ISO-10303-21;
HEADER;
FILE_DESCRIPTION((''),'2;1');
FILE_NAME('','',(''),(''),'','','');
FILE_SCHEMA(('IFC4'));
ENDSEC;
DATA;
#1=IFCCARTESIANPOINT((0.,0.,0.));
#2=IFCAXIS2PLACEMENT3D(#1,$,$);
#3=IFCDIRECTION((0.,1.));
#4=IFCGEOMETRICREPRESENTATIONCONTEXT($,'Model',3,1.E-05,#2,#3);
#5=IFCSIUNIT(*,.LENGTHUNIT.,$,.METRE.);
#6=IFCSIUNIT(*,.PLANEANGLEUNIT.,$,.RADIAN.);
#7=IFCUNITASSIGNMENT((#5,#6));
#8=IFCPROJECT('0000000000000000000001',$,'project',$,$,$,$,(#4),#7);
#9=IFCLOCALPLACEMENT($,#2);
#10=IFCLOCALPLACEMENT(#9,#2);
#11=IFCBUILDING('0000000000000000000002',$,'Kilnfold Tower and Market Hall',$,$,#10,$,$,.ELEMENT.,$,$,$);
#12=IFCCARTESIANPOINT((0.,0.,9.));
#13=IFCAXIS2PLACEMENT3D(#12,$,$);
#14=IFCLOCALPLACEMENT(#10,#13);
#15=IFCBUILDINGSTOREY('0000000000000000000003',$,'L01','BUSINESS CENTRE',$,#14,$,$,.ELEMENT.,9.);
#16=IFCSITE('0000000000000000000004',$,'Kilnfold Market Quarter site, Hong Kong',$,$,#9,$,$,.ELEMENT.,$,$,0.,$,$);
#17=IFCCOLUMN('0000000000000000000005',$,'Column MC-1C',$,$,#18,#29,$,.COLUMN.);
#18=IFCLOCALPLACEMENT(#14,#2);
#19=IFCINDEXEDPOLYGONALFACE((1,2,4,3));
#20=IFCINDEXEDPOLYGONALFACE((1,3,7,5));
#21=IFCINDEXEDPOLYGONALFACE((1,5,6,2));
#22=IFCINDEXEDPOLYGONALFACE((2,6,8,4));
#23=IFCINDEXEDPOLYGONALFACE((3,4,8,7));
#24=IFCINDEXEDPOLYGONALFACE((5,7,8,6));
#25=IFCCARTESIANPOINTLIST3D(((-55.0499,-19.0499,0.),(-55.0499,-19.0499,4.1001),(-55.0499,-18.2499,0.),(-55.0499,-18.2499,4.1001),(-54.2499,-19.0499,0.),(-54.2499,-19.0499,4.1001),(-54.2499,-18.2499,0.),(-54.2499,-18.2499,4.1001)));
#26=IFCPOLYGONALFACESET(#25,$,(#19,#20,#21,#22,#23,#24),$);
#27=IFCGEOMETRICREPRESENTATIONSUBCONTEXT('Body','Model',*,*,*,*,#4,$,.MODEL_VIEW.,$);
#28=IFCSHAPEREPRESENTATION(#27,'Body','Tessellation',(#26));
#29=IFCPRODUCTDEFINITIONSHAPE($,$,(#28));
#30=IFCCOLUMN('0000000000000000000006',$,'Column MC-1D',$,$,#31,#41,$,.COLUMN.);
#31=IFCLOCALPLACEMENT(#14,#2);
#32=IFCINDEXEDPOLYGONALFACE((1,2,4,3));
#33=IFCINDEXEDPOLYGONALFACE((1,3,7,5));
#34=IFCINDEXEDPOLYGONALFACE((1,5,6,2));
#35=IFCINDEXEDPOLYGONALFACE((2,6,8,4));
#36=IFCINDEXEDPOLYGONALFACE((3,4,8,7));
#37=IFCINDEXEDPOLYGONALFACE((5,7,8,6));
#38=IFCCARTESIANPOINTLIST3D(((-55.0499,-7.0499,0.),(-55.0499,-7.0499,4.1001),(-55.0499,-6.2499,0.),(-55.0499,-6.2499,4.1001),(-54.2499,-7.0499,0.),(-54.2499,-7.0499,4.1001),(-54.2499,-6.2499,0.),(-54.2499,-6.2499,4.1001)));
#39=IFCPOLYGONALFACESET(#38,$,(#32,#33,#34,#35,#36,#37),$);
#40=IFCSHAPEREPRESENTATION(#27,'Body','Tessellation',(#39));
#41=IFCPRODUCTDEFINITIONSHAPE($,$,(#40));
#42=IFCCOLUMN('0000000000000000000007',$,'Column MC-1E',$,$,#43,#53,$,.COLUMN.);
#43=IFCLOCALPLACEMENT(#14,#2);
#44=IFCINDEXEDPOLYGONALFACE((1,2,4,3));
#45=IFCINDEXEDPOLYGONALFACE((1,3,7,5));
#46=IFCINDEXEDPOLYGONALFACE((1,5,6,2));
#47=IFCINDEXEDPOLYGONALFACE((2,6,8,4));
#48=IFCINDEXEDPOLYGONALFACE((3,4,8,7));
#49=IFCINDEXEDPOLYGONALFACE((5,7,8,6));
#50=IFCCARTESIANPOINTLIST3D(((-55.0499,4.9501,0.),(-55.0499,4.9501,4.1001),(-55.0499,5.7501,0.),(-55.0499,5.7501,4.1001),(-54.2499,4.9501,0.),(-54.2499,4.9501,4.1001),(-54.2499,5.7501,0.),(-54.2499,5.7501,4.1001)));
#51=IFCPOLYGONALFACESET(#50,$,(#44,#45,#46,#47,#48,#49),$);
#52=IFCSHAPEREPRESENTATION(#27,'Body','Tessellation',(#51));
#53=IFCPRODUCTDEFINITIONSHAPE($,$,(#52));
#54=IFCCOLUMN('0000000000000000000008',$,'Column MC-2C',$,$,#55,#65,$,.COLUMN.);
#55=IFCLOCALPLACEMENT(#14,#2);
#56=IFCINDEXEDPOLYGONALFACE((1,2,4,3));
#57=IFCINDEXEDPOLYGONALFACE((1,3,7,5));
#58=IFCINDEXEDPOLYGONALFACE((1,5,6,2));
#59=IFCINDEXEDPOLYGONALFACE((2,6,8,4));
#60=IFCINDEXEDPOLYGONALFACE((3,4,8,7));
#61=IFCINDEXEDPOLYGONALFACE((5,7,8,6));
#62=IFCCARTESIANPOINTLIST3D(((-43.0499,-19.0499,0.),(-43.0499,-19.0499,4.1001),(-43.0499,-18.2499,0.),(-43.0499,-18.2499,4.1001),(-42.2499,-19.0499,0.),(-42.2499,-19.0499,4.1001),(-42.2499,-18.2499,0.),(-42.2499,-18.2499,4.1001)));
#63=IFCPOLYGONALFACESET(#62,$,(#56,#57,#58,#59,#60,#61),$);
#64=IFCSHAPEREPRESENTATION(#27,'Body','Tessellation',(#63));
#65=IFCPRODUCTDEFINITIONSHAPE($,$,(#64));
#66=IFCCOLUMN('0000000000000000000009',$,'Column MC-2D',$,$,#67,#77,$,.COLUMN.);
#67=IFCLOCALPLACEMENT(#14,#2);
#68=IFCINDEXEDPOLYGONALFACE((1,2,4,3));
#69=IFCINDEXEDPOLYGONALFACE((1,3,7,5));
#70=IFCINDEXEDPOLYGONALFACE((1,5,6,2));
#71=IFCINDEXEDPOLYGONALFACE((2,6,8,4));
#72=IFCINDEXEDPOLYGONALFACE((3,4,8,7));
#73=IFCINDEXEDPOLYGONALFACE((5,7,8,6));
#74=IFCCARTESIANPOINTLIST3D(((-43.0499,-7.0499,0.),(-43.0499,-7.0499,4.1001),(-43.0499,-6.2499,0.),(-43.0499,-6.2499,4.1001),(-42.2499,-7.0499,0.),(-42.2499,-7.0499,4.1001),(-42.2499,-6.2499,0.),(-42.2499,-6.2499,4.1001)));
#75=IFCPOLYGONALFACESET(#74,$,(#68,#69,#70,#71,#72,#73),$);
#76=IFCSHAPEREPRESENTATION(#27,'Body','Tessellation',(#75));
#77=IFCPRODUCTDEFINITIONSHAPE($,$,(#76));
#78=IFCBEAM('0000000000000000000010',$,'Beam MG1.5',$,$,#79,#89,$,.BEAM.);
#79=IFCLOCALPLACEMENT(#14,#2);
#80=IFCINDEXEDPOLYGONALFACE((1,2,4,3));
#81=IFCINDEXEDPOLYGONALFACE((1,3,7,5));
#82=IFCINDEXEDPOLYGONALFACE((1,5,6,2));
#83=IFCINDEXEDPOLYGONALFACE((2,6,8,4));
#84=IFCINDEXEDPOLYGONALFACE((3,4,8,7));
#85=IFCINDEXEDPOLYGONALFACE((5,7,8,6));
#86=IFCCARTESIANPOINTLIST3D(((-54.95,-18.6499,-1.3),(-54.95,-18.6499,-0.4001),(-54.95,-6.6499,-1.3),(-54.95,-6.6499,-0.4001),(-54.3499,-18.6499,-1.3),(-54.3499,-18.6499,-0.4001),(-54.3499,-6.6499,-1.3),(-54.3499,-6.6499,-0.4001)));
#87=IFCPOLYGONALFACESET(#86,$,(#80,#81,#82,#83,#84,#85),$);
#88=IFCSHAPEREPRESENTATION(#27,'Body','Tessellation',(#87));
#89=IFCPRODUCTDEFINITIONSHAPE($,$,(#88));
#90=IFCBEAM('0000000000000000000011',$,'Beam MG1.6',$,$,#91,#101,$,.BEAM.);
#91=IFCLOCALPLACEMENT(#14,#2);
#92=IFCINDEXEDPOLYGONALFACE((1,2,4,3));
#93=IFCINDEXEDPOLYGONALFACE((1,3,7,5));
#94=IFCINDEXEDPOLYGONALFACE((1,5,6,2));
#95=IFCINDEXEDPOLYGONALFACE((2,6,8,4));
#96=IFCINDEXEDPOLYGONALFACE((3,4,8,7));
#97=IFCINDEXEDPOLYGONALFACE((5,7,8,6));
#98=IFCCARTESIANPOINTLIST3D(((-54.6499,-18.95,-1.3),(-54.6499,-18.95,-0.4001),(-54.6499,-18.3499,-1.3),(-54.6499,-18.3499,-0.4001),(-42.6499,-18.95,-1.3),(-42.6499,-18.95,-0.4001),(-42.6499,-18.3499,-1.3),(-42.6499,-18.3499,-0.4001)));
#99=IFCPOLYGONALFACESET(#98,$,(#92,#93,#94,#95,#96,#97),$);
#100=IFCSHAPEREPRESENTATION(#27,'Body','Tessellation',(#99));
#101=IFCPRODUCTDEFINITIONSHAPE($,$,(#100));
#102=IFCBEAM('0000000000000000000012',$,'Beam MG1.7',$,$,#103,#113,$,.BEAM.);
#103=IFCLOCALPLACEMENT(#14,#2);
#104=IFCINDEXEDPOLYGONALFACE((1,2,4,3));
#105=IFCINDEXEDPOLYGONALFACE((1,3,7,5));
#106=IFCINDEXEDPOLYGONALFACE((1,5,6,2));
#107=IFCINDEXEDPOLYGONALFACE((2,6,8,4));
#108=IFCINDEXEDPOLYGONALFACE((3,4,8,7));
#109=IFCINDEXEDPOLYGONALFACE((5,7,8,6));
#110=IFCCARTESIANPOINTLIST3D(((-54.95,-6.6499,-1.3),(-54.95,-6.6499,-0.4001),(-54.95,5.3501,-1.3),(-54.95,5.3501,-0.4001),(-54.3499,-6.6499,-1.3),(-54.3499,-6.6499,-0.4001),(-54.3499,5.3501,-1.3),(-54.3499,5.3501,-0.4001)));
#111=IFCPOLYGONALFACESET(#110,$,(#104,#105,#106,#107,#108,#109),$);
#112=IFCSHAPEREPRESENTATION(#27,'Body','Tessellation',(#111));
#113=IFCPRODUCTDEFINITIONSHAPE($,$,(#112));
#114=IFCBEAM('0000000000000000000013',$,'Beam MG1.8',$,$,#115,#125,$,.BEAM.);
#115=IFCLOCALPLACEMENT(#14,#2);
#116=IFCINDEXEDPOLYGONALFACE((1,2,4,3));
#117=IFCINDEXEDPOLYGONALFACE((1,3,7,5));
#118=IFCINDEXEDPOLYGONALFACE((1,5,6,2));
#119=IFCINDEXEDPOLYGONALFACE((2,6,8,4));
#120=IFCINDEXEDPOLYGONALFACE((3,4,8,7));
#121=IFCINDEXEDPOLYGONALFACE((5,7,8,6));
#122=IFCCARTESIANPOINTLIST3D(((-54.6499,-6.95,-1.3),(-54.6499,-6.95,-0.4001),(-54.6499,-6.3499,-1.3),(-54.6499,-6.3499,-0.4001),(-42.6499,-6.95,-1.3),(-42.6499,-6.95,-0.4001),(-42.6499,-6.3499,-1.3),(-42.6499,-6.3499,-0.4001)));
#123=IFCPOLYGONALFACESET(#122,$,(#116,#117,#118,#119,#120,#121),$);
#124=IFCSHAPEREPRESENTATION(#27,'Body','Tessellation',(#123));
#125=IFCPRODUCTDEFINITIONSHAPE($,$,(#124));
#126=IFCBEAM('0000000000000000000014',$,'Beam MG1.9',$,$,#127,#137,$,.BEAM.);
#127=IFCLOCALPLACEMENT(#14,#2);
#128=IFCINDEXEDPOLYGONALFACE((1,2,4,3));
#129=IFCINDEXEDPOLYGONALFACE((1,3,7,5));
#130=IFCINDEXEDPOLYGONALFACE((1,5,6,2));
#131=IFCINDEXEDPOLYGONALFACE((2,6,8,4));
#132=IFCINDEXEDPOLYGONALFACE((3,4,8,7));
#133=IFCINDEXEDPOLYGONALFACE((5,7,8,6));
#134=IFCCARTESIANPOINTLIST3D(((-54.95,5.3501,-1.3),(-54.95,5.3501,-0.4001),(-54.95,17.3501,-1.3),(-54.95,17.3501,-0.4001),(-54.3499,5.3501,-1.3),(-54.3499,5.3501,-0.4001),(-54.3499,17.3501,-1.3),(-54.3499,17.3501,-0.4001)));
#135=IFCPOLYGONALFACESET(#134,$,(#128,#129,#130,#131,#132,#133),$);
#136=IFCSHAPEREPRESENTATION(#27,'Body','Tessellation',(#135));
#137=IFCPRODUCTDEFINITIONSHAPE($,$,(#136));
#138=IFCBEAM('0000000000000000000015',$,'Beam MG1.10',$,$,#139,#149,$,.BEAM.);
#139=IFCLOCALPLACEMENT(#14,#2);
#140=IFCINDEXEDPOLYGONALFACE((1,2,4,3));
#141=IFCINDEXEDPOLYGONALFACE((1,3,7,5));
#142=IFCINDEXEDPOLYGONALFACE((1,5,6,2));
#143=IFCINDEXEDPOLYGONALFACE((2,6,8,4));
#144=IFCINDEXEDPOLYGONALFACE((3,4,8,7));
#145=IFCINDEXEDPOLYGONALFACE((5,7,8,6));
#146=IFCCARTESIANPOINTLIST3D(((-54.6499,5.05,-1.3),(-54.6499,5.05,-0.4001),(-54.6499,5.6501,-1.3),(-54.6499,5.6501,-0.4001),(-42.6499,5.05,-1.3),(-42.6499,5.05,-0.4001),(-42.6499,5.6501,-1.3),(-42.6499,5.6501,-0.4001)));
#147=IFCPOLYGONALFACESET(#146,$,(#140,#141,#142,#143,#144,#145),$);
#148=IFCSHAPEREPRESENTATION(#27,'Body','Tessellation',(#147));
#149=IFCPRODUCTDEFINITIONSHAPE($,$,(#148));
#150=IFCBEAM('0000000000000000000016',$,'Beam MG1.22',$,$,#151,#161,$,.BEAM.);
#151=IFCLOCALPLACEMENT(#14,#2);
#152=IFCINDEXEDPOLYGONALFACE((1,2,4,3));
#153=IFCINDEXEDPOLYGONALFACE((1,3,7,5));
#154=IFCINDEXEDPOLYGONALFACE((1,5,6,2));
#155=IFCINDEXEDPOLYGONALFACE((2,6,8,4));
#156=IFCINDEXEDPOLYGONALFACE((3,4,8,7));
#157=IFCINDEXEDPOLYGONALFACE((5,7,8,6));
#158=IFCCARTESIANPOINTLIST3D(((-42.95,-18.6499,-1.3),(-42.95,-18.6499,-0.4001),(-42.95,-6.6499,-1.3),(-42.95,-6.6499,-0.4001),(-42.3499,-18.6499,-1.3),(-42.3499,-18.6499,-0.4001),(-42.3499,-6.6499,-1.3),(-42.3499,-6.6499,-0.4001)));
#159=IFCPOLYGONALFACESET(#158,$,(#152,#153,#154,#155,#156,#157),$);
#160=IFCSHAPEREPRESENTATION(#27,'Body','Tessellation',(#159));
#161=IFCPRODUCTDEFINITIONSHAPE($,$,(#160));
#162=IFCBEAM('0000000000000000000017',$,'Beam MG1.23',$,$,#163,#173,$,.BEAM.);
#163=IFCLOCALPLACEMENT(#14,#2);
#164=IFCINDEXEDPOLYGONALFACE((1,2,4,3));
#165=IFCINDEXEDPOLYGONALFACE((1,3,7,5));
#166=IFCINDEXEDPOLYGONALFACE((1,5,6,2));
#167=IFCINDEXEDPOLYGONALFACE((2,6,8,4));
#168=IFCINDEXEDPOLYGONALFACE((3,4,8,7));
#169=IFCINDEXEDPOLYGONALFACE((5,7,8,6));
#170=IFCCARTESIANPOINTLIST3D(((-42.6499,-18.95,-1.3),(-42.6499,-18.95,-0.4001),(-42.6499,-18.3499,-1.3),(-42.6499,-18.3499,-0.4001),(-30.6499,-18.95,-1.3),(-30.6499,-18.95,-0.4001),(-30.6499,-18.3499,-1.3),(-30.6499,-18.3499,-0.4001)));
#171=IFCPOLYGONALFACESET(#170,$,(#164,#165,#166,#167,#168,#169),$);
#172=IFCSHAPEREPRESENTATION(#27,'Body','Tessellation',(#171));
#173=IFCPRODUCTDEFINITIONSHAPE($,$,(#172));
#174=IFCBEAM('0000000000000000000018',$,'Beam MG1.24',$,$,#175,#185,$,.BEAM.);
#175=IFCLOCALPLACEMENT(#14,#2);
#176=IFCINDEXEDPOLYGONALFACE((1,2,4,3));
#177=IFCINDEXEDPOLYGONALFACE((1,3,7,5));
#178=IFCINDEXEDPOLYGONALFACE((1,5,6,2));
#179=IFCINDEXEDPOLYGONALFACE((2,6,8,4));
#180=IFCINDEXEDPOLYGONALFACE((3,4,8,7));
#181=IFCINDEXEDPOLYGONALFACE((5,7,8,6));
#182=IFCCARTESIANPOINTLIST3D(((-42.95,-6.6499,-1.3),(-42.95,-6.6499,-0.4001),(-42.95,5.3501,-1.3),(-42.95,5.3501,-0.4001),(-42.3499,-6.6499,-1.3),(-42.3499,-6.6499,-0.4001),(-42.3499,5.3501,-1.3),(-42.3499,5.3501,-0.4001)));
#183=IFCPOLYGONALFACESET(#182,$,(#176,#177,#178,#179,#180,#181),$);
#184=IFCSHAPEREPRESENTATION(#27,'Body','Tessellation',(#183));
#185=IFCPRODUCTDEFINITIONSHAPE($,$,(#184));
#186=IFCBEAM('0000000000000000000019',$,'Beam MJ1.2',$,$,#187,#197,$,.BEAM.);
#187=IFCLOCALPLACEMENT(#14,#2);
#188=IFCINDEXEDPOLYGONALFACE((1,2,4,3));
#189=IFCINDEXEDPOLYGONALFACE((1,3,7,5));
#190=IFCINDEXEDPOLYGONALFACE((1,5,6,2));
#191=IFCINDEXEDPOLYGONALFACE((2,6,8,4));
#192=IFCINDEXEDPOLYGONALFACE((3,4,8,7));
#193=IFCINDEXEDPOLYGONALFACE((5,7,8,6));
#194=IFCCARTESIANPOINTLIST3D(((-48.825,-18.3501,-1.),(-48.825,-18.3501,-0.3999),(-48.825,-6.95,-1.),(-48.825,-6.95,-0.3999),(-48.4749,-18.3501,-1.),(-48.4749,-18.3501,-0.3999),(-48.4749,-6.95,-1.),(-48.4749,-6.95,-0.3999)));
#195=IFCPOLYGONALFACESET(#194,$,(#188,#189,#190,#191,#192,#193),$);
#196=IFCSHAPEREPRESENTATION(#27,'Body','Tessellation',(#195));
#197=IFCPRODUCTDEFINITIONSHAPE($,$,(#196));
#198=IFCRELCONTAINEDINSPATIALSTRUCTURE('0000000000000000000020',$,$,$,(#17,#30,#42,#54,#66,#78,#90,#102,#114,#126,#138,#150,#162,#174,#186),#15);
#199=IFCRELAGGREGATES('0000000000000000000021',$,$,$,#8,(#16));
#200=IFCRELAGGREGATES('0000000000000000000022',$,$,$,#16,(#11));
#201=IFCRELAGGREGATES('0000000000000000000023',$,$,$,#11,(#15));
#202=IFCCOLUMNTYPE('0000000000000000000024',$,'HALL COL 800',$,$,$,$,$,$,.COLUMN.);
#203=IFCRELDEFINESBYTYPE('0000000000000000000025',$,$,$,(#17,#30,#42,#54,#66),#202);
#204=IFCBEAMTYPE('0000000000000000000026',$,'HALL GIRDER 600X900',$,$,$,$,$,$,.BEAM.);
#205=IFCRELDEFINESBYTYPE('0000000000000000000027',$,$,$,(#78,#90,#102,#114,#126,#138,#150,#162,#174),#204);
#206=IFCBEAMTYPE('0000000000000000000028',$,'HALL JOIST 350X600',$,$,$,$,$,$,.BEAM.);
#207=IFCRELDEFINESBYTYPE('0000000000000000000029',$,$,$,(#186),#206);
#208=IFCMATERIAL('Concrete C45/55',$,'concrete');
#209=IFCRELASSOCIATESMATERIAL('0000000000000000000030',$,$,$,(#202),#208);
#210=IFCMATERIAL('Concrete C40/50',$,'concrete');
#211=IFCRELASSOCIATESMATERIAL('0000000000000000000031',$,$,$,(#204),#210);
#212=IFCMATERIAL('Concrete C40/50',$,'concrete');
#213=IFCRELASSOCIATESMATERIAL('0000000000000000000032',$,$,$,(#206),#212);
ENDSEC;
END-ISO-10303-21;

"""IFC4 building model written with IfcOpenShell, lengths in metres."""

from ifc_helpers import new_model, si_unit, direction, frame, origin, origin_2d, place, context, subcontext, project, spatial, rectangle, extrude, source, transform, mapped, material, material_profile, profile_set, type_object, element, save


model = new_model("IFC4")

# Units and contexts
model_context = context("Model", 3, precision=1e-05, world=origin(), true_north=direction((0.0, 1.0)))
body_context = subcontext(model_context, "Body", "Model", "MODEL_VIEW")
ifc_project = project(units=[si_unit("LENGTHUNIT", "METRE"), si_unit("PLANEANGLEUNIT", "RADIAN")], contexts=[model_context])

# Site, building, storey
site_placement = place(None, origin())
site = spatial("IfcSite", under=ifc_project, at=site_placement, Name="Kilnfold Market Quarter site, Hong Kong", CompositionType="ELEMENT", RefElevation=0.0)
building_placement = place(site_placement, origin())
building = spatial("IfcBuilding", under=site, at=building_placement, Name="Kilnfold Tower and Market Hall", CompositionType="ELEMENT")
storey_placement = place(building_placement, frame((0.0, 0.0, 9.0)))
storey = spatial("IfcBuildingStorey", under=building, at=storey_placement, Name="L01", Description="BUSINESS CENTRE", CompositionType="ELEMENT", Elevation=9.0)

# Columns
ifc_material_1 = material(Name="Concrete C45/55", Category="concrete")
ifc_material_profile_1 = material_profile(ifc_material_1, rectangle(XDim=0.8, YDim=0.8, at=origin_2d()), Name="RC 800x800")
ifc_profile_set_1 = profile_set([ifc_material_profile_1], Name="Concrete C45/55")
column_type = type_object("IfcColumnType", Name="HALL COL 800", PredefinedType="COLUMN", material=ifc_profile_set_1)
shared_shape_1 = source(origin(), body_context, "Body", "SweptSolid", [
    extrude(rectangle(XDim=0.8, YDim=0.8, at=origin_2d()), origin(), (0.0, 0.0, 1.0), 4.1001),
])
for number, where, z_axis, x_axis, name in (
    (1, (-54.6499, -18.6499, 0.0), (0.0, 0.0, 1.0), (1.0, 0.0, 0.0), "Column MC-1C"),
    (2, (-54.6499, -6.6499, 0.0), (0.0, 0.0, 1.0), (1.0, 0.0, 0.0), "Column MC-1D"),
    (3, (-54.6499, 5.3501, 0.0), (0.0, 0.0, 1.0), (1.0, 0.0, 0.0), "Column MC-1E"),
    (4, (-42.6499, -18.6499, 0.0), (0.0, 0.0, 1.0), (1.0, 0.0, 0.0), "Column MC-2C"),
    (5, (-42.6499, -6.6499, 0.0), (0.0, 0.0, 1.0), (1.0, 0.0, 0.0), "Column MC-2D"),
):
    element("IfcColumn", number, at=place(storey_placement, frame(where, z_axis=z_axis, x_axis=x_axis)), inside=storey, type_object=column_type, Name=name, PredefinedType="COLUMN", context=body_context, shape_type="MappedRepresentation", body=[
        mapped(shared_shape_1, transform((0.0, 0.0, 0.0))),
    ])

# Beams
ifc_material_2 = material(Name="Concrete C40/50", Category="concrete")
ifc_material_profile_2 = material_profile(ifc_material_2, rectangle(XDim=0.6001, YDim=0.8999, at=origin_2d()), Name="RC 600x900")
ifc_profile_set_2 = profile_set([ifc_material_profile_2], Name="Concrete C40/50")
beam_type_1 = type_object("IfcBeamType", Name="HALL GIRDER 600X900", PredefinedType="BEAM", material=ifc_profile_set_2)
for number, where, z_axis, x_axis, name in (
    (6, (-54.6499, -18.6499, -0.8501), (0.0, 1.0, 0.0), (-1.0, 0.0, 0.0), "Beam MG1.5"),
    (7, (-54.6499, -18.6499, -0.8501), (1.0, 0.0, 0.0), (0.0, 1.0, 0.0), "Beam MG1.6"),
    (8, (-54.6499, -6.6499, -0.8501), (0.0, 1.0, 0.0), (-1.0, 0.0, 0.0), "Beam MG1.7"),
    (9, (-54.6499, -6.6499, -0.8501), (1.0, 0.0, 0.0), (0.0, 1.0, 0.0), "Beam MG1.8"),
    (10, (-54.6499, 5.3501, -0.8501), (0.0, 1.0, 0.0), (-1.0, 0.0, 0.0), "Beam MG1.9"),
    (11, (-54.6499, 5.3501, -0.8501), (1.0, 0.0, 0.0), (0.0, 1.0, 0.0), "Beam MG1.10"),
    (12, (-42.6499, -18.6499, -0.8501), (0.0, 1.0, 0.0), (-1.0, 0.0, 0.0), "Beam MG1.22"),
    (13, (-42.6499, -18.6499, -0.8501), (1.0, 0.0, 0.0), (0.0, 1.0, 0.0), "Beam MG1.23"),
    (14, (-42.6499, -6.6499, -0.8501), (0.0, 1.0, 0.0), (-1.0, 0.0, 0.0), "Beam MG1.24"),
):
    element("IfcBeam", number, at=place(storey_placement, frame(where, z_axis=z_axis, x_axis=x_axis)), inside=storey, type_object=beam_type_1, Name=name, PredefinedType="BEAM", context=body_context, shape_type="SweptSolid", body=[
        extrude(rectangle(XDim=0.6001, YDim=0.8999, at=origin_2d()), origin(), (0.0, 0.0, 1.0), 12.0),
    ])
ifc_material_3 = material(Name="Concrete C40/50", Category="concrete")
ifc_material_profile_3 = material_profile(ifc_material_3, rectangle(XDim=0.3501, YDim=0.6001, at=origin_2d()), Name="RC 350x600")
ifc_profile_set_3 = profile_set([ifc_material_profile_3], Name="Concrete C40/50")
beam_type_2 = type_object("IfcBeamType", Name="HALL JOIST 350X600", PredefinedType="BEAM", material=ifc_profile_set_3)
beam_placement = place(storey_placement, frame((-48.6499, -18.3501, -0.7), z_axis=(0.0, 1.0, 0.0), x_axis=(-1.0, 0.0, 0.0)))
element("IfcBeam", 15, at=beam_placement, inside=storey, type_object=beam_type_2, Name="Beam MJ1.2", PredefinedType="BEAM", context=body_context, shape_type="SweptSolid", body=[
    extrude(rectangle(XDim=0.3501, YDim=0.6001, at=origin_2d()), origin(), (0.0, 0.0, 1.0), 11.4001),
])

save(model, "model.ifc")
